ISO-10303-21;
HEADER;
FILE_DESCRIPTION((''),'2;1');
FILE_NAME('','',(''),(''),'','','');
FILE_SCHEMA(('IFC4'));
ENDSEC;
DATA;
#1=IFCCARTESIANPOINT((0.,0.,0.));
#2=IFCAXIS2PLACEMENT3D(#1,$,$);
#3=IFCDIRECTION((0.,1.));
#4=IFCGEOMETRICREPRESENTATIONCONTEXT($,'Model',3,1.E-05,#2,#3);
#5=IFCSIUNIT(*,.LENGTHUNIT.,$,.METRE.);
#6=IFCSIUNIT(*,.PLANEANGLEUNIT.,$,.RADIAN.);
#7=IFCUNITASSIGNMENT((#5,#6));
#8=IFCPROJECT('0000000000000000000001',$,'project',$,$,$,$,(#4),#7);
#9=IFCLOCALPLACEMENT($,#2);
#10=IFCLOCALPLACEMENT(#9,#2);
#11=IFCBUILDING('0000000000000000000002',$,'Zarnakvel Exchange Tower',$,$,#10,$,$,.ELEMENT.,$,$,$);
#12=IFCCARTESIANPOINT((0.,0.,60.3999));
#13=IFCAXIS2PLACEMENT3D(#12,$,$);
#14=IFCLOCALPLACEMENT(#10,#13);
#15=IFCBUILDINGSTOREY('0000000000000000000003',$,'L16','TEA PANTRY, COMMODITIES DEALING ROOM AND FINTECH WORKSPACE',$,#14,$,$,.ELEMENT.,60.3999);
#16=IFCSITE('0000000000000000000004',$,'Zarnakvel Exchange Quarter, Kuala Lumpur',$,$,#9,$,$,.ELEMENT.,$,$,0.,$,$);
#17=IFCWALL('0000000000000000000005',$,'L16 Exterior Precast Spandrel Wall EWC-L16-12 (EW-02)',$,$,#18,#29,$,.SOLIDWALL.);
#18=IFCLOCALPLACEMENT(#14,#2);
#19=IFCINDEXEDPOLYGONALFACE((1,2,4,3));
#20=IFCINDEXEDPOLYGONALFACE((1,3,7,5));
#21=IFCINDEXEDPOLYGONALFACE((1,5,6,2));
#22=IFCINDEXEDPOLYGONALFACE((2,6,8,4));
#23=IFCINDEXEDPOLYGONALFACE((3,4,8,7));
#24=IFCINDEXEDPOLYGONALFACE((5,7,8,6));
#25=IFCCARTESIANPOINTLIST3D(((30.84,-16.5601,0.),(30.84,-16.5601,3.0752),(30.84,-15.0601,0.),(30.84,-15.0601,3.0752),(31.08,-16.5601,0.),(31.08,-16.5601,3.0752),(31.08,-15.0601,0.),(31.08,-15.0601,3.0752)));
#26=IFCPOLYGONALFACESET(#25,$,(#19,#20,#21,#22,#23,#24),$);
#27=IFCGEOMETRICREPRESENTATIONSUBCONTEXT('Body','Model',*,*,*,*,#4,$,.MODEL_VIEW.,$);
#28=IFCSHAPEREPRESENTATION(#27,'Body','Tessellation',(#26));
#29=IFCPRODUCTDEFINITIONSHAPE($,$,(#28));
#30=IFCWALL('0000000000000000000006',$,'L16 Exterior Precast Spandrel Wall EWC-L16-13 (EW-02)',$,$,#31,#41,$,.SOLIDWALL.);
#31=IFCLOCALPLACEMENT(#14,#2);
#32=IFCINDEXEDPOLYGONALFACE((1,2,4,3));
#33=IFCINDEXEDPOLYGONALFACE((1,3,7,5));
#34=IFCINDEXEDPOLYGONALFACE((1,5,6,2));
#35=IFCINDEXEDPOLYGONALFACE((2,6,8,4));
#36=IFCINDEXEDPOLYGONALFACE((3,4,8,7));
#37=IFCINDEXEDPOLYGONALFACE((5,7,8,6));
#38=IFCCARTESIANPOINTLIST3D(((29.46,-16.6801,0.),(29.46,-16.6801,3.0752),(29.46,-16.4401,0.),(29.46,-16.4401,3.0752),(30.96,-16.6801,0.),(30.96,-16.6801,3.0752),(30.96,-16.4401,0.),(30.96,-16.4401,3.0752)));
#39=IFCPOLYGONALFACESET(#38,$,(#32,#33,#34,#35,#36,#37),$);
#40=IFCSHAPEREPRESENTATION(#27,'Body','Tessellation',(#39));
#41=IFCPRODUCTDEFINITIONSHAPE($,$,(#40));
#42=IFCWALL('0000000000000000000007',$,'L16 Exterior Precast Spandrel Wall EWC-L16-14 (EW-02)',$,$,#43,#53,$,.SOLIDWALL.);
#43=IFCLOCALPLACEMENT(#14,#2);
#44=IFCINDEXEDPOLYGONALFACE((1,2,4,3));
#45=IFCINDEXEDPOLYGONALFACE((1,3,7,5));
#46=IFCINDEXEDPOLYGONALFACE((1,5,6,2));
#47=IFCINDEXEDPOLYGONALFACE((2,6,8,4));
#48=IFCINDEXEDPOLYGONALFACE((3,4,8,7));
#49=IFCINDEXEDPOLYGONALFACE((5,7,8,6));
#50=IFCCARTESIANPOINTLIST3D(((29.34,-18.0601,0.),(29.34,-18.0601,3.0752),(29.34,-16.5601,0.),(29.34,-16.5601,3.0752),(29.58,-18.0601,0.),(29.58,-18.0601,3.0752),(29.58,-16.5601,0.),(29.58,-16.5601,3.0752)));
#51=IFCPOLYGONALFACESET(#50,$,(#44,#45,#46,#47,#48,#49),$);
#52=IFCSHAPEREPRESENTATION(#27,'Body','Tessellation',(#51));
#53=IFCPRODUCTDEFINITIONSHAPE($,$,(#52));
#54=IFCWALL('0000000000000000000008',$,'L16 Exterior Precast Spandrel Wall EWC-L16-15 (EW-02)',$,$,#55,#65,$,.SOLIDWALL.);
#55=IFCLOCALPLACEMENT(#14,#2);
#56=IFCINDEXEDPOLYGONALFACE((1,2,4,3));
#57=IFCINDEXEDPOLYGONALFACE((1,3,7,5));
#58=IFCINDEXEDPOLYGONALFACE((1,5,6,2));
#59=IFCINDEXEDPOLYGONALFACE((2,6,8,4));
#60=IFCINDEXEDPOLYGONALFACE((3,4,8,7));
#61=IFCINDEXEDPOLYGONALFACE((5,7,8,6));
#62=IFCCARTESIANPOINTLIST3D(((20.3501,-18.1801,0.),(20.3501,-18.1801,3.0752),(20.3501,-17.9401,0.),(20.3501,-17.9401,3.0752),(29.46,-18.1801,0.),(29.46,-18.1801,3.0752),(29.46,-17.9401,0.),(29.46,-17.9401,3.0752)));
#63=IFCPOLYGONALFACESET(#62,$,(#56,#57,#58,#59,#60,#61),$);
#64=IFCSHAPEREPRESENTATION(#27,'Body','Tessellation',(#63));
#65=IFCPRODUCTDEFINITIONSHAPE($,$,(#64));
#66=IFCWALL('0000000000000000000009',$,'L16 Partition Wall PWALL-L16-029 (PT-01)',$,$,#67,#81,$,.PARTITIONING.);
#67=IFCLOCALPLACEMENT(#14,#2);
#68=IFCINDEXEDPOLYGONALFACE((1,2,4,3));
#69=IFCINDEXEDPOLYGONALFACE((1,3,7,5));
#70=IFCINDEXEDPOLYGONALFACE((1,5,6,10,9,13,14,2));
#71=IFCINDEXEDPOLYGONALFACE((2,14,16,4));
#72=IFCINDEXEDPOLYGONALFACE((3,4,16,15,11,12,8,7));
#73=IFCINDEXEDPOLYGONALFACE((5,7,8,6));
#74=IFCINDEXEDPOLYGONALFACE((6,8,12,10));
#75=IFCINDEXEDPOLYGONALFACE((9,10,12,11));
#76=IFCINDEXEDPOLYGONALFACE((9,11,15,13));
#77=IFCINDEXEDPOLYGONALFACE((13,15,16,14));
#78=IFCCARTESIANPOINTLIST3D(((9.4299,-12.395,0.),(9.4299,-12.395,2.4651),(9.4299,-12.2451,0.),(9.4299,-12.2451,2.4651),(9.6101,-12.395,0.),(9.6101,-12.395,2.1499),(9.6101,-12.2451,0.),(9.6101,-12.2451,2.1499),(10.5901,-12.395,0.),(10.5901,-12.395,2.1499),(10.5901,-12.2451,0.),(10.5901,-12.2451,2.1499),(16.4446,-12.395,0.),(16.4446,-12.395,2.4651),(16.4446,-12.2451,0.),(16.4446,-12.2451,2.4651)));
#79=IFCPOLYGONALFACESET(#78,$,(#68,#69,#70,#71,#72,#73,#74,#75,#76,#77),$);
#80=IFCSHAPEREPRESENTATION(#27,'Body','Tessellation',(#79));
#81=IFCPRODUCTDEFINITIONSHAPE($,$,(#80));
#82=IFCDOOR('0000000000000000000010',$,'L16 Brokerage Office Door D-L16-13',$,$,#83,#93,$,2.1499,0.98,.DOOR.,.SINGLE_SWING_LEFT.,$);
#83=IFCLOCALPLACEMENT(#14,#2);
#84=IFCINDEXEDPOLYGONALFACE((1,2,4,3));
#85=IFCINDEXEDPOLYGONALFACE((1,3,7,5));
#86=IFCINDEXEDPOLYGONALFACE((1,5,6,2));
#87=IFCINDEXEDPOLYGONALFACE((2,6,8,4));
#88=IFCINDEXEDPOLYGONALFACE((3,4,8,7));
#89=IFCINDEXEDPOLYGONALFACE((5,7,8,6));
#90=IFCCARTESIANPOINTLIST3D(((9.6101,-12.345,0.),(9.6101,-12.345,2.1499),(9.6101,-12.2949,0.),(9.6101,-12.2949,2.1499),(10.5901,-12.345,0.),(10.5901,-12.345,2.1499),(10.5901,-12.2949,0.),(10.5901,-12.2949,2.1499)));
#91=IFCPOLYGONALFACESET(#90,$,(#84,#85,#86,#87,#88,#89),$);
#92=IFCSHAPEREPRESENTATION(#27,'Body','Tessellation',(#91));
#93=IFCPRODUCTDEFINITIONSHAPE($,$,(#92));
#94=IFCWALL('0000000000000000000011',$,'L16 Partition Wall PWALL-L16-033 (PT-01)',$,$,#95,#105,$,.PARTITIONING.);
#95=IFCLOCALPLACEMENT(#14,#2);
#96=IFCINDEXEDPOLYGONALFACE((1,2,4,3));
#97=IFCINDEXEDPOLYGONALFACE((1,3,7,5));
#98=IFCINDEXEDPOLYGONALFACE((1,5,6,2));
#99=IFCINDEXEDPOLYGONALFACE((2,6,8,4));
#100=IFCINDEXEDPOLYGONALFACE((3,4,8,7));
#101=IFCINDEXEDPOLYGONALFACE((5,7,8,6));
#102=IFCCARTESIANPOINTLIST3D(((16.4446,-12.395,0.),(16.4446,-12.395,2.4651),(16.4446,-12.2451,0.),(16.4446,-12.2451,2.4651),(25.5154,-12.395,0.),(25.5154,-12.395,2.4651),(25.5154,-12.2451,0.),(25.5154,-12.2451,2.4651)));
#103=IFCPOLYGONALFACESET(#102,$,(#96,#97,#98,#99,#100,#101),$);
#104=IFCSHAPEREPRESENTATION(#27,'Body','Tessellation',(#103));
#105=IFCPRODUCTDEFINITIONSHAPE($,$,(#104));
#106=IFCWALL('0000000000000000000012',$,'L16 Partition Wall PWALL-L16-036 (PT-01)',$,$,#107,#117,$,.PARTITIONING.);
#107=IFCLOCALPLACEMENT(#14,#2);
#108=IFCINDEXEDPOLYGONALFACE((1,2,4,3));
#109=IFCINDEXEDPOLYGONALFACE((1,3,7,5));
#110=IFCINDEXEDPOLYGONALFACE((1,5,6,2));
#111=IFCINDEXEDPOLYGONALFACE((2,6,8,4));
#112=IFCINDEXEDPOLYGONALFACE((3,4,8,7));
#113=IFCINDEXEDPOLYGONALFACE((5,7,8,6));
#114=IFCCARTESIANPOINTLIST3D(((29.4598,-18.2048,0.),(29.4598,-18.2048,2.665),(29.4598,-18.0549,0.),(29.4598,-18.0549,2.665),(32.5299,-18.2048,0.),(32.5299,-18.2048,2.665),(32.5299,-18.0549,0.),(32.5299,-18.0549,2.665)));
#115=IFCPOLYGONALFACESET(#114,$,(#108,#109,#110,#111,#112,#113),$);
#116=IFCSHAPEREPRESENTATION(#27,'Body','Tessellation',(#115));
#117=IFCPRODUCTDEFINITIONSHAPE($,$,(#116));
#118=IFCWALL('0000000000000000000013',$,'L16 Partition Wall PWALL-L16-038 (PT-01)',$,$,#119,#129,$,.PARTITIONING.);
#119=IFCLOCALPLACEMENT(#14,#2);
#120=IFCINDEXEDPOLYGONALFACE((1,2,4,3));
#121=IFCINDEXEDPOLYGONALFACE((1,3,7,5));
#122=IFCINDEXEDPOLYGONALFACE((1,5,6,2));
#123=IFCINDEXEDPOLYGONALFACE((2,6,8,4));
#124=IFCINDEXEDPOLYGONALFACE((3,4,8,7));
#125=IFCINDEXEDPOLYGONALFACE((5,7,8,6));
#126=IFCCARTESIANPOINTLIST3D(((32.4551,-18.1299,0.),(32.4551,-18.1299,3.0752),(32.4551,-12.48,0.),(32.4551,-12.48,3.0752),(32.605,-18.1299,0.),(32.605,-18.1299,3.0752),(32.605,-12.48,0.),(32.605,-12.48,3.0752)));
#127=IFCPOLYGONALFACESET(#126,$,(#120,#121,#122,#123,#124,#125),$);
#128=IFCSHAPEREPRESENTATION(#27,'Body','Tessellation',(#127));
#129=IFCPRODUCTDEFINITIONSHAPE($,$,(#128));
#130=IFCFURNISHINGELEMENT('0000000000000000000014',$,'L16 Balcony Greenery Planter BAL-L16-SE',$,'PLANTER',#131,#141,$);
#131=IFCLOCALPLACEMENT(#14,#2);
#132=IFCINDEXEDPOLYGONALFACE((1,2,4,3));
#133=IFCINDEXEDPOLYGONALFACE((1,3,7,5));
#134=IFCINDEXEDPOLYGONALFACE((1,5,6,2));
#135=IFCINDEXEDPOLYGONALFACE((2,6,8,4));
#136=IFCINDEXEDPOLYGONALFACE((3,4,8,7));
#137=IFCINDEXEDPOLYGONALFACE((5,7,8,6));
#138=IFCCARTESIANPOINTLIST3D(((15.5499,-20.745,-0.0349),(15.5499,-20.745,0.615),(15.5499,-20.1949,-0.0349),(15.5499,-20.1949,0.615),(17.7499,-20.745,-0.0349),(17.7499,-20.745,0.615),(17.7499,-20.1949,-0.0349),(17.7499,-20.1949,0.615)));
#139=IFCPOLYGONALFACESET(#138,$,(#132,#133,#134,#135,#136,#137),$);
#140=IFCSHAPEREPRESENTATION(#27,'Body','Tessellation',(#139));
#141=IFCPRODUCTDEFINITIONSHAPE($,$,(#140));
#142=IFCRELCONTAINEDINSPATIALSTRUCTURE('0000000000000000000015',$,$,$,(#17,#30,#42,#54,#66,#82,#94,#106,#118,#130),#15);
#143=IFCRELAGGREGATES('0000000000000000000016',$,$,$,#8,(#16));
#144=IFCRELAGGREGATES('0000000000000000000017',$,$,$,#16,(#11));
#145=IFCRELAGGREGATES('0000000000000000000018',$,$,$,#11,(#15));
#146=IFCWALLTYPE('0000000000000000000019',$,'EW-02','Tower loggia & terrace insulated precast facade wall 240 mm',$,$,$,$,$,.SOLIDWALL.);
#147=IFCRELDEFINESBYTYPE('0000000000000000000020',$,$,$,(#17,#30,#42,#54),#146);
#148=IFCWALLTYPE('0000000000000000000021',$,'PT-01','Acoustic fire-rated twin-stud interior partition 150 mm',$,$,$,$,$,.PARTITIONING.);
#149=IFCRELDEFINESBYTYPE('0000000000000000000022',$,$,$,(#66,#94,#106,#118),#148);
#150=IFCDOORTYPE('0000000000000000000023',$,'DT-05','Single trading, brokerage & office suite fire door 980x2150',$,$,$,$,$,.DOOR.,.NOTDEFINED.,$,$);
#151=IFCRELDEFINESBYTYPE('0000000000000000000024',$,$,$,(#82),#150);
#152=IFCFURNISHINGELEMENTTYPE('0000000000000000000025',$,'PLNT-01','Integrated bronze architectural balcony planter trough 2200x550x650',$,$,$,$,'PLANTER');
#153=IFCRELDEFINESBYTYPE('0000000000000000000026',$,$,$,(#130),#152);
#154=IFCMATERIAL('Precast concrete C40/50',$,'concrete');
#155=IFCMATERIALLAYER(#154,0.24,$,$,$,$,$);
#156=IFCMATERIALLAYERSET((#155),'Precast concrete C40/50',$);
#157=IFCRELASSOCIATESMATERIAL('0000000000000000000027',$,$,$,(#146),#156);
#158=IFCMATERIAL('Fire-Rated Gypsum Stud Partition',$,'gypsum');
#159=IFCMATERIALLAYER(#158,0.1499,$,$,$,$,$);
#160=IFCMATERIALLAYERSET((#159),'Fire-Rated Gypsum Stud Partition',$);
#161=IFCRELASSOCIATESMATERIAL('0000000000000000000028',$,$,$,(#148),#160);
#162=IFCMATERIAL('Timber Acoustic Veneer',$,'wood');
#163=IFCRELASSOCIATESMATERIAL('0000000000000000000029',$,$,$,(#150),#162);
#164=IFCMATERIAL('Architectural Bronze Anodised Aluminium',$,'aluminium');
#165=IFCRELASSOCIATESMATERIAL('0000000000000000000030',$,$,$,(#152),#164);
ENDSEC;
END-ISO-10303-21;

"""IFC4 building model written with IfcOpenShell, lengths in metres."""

from ifc_helpers import new_model, si_unit, direction, frame, frame_2d, origin, origin_2d, place, context, subcontext, project, spatial, rectangle, extrude, source, transform, mapped, material, layer, layer_set, type_object, element, fill, save


model = new_model("IFC4")

# Units and contexts
model_context = context("Model", 3, precision=1e-05, world=origin(), true_north=direction((0.0, 1.0)))
body_context = subcontext(model_context, "Body", "Model", "MODEL_VIEW")
ifc_project = project(units=[si_unit("LENGTHUNIT", "METRE"), si_unit("PLANEANGLEUNIT", "RADIAN")], contexts=[model_context])

# Site, building, storey
site_placement = place(None, origin())
site = spatial("IfcSite", under=ifc_project, at=site_placement, Name="Zarnakvel Exchange Quarter, Kuala Lumpur", CompositionType="ELEMENT", RefElevation=0.0)
building_placement = place(site_placement, origin())
building = spatial("IfcBuilding", under=site, at=building_placement, Name="Zarnakvel Exchange Tower", CompositionType="ELEMENT")
storey_placement = place(building_placement, frame((0.0, 0.0, 60.3999)))
storey = spatial("IfcBuildingStorey", under=building, at=storey_placement, Name="L16", Description="TEA PANTRY, COMMODITIES DEALING ROOM AND FINTECH WORKSPACE", CompositionType="ELEMENT", Elevation=60.3999)

# Shared definitions
ifc_material_1 = material(Name="Architectural Bronze Anodised Aluminium", Category="aluminium")

# Shared definitions
ifc_material_2 = material(Name="Precast concrete C40/50", Category="concrete")
ifc_layer_1 = layer(ifc_material_2, 0.24)
ifc_layer_set_1 = layer_set([ifc_layer_1], Name="Precast concrete C40/50")
wall_type_1 = type_object("IfcWallType", Name="EW-02", Description="Tower loggia & terrace insulated precast facade wall 240 mm", PredefinedType="SOLIDWALL", material=ifc_layer_set_1)

# Walls
for number, where, z_axis, x_axis, name in (
    (1, (30.96, -16.5601, 0.0), (0.0, 0.0, 1.0), (0.0, 1.0, 0.0), "L16 Exterior Precast Spandrel Wall EWC-L16-12 (EW-02)"),
    (2, (29.46, -16.5601, 0.0), (0.0, 0.0, 1.0), (1.0, 0.0, 0.0), "L16 Exterior Precast Spandrel Wall EWC-L16-13 (EW-02)"),
    (3, (29.46, -18.0601, 0.0), (0.0, 0.0, 1.0), (0.0, 1.0, 0.0), "L16 Exterior Precast Spandrel Wall EWC-L16-14 (EW-02)"),
):
    element("IfcWall", number, at=place(storey_placement, frame(where, z_axis=z_axis, x_axis=x_axis)), inside=storey, type_object=wall_type_1, Name=name, PredefinedType="SOLIDWALL", context=body_context, shape_type="SweptSolid", body=[
        extrude(rectangle(XDim=1.5, YDim=0.24, at=frame_2d((0.75, 0.0))), origin(), (0.0, 0.0, 1.0), 3.0752),
    ])
wall_1_placement = place(storey_placement, frame((20.3501, -18.0601, 0.0), z_axis=(0.0, 0.0, 1.0), x_axis=(1.0, 0.0, 0.0)))
element("IfcWall", 4, at=wall_1_placement, inside=storey, type_object=wall_type_1, Name="L16 Exterior Precast Spandrel Wall EWC-L16-15 (EW-02)", PredefinedType="SOLIDWALL", context=body_context, shape_type="SweptSolid", body=[
    extrude(rectangle(XDim=9.1099, YDim=0.24, at=frame_2d((4.5549, 0.0))), origin(), (0.0, 0.0, 1.0), 3.0752),
])

# Wall, opening, door
ifc_material_3 = material(Name="Fire-Rated Gypsum Stud Partition", Category="gypsum")
ifc_layer_2 = layer(ifc_material_3, 0.1499)
ifc_layer_set_2 = layer_set([ifc_layer_2], Name="Fire-Rated Gypsum Stud Partition")
wall_type_2 = type_object("IfcWallType", Name="PT-01", Description="Acoustic fire-rated twin-stud interior partition 150 mm", PredefinedType="PARTITIONING", material=ifc_layer_set_2)
wall_2_placement = place(storey_placement, frame((16.4446, -12.3201, 0.0), z_axis=(0.0, 0.0, 1.0), x_axis=(-1.0, 0.0, 0.0)))
wall_2 = element("IfcWall", 5, at=wall_2_placement, inside=storey, type_object=wall_type_2, Name="L16 Partition Wall PWALL-L16-029 (PT-01)", PredefinedType="PARTITIONING", context=body_context, shape_type="SweptSolid", body=[
    extrude(rectangle(XDim=7.0146, YDim=0.1499, at=frame_2d((3.5073, 0.0))), origin(), (0.0, 0.0, 1.0), 2.4651),
])
opening_1_placement = place(wall_2_placement, frame((5.8545, 0.0, 0.0)))
opening_1 = element("IfcOpeningElement", 6, at=opening_1_placement, cuts=wall_2, PredefinedType="OPENING", context=body_context, shape_type="SweptSolid", body=[
    extrude(rectangle(XDim=0.98, YDim=2.1499, at=frame_2d((0.49, 1.075))), frame((0.0, 0.085, 0.0), z_axis=(0.0, -1.0, 0.0), x_axis=(1.0, 0.0, 0.0)), (0.0, 0.0, 1.0), 0.1699),
])
ifc_material_4 = material(Name="Timber Acoustic Veneer", Category="wood")
door_type_1 = type_object("IfcDoorType", Name="DT-05", Description="Single trading, brokerage & office suite fire door 980x2150", OperationType="NOTDEFINED", PredefinedType="DOOR", material=ifc_material_4)
shared_shape_1 = source(origin(), body_context, "Body", "SweptSolid", [
    extrude(rectangle(XDim=0.98, YDim=2.1499, at=frame_2d((0.49, 1.075))), frame((0.0, 0.0249, 0.0), z_axis=(0.0, -1.0, 0.0), x_axis=(1.0, 0.0, 0.0)), (0.0, 0.0, 1.0), 0.05),
])
door_1_placement = place(opening_1_placement, origin())
door_1 = element("IfcDoor", 7, at=door_1_placement, inside=storey, type_object=door_type_1, Name="L16 Brokerage Office Door D-L16-13", OperationType="SINGLE_SWING_LEFT", OverallHeight=2.1499, OverallWidth=0.98, PredefinedType="DOOR", context=body_context, shape_type="MappedRepresentation", body=[
    mapped(shared_shape_1, transform((0.0, 0.0, 0.0), x_axis=(1.0, 0.0, 0.0), y_axis=(0.0, 1.0, 0.0), z_axis=(0.0, 0.0, 1.0), scale=1.0)),
])
fill(opening_1, door_1)

# Walls
wall_3_placement = place(storey_placement, frame((25.5154, -12.3201, 0.0), z_axis=(0.0, 0.0, 1.0), x_axis=(-1.0, 0.0, 0.0)))
element("IfcWall", 8, at=wall_3_placement, inside=storey, type_object=wall_type_2, Name="L16 Partition Wall PWALL-L16-033 (PT-01)", PredefinedType="PARTITIONING", context=body_context, shape_type="SweptSolid", body=[
    extrude(rectangle(XDim=9.0708, YDim=0.1499, at=frame_2d((4.5354, 0.0))), origin(), (0.0, 0.0, 1.0), 2.4651),
])
wall_4_placement = place(storey_placement, frame((32.53, -18.1299, 0.0), z_axis=(0.0, 0.0, 1.0), x_axis=(-1.0, 0.0, 0.0)))
element("IfcWall", 9, at=wall_4_placement, inside=storey, type_object=wall_type_2, Name="L16 Partition Wall PWALL-L16-036 (PT-01)", PredefinedType="PARTITIONING", context=body_context, shape_type="SweptSolid", body=[
    extrude(rectangle(XDim=3.0701, YDim=0.1499, at=frame_2d((1.5352, 0.0))), origin(), (0.0, 0.0, 1.0), 2.665),
])
wall_5_placement = place(storey_placement, frame((32.53, -12.48, 0.0), z_axis=(0.0, 0.0, 1.0), x_axis=(0.0, -1.0, 0.0)))
element("IfcWall", 10, at=wall_5_placement, inside=storey, type_object=wall_type_2, Name="L16 Partition Wall PWALL-L16-038 (PT-01)", PredefinedType="PARTITIONING", context=body_context, shape_type="SweptSolid", body=[
    extrude(rectangle(XDim=5.6499, YDim=0.1499, at=frame_2d((2.825, 0.0))), origin(), (0.0, 0.0, 1.0), 3.0752),
])

# Furnishing element
furnishing_element_type = type_object("IfcFurnishingElementType", Name="PLNT-01", Description="Integrated bronze architectural balcony planter trough 2200x550x650", ElementType="PLANTER", material=ifc_material_1)
shared_shape_2 = source(origin(), body_context, "Body", "SweptSolid", [
    extrude(rectangle(XDim=2.2, YDim=0.55, at=origin_2d()), origin(), (0.0, 0.0, 1.0), 0.6499),
])
furnishing_placement = place(storey_placement, frame((16.6499, -20.47, -0.0349), z_axis=(0.0, 0.0, 1.0), x_axis=(1.0, 0.0, 0.0)))
element("IfcFurnishingElement", 11, at=furnishing_placement, inside=storey, type_object=furnishing_element_type, Name="L16 Balcony Greenery Planter BAL-L16-SE", ObjectType="PLANTER", context=body_context, shape_type="MappedRepresentation", body=[
    mapped(shared_shape_2, transform((0.0, 0.0, 0.0), x_axis=(1.0, 0.0, 0.0), y_axis=(0.0, 1.0, 0.0), z_axis=(0.0, 0.0, 1.0), scale=1.0)),
])

save(model, "model.ifc")
